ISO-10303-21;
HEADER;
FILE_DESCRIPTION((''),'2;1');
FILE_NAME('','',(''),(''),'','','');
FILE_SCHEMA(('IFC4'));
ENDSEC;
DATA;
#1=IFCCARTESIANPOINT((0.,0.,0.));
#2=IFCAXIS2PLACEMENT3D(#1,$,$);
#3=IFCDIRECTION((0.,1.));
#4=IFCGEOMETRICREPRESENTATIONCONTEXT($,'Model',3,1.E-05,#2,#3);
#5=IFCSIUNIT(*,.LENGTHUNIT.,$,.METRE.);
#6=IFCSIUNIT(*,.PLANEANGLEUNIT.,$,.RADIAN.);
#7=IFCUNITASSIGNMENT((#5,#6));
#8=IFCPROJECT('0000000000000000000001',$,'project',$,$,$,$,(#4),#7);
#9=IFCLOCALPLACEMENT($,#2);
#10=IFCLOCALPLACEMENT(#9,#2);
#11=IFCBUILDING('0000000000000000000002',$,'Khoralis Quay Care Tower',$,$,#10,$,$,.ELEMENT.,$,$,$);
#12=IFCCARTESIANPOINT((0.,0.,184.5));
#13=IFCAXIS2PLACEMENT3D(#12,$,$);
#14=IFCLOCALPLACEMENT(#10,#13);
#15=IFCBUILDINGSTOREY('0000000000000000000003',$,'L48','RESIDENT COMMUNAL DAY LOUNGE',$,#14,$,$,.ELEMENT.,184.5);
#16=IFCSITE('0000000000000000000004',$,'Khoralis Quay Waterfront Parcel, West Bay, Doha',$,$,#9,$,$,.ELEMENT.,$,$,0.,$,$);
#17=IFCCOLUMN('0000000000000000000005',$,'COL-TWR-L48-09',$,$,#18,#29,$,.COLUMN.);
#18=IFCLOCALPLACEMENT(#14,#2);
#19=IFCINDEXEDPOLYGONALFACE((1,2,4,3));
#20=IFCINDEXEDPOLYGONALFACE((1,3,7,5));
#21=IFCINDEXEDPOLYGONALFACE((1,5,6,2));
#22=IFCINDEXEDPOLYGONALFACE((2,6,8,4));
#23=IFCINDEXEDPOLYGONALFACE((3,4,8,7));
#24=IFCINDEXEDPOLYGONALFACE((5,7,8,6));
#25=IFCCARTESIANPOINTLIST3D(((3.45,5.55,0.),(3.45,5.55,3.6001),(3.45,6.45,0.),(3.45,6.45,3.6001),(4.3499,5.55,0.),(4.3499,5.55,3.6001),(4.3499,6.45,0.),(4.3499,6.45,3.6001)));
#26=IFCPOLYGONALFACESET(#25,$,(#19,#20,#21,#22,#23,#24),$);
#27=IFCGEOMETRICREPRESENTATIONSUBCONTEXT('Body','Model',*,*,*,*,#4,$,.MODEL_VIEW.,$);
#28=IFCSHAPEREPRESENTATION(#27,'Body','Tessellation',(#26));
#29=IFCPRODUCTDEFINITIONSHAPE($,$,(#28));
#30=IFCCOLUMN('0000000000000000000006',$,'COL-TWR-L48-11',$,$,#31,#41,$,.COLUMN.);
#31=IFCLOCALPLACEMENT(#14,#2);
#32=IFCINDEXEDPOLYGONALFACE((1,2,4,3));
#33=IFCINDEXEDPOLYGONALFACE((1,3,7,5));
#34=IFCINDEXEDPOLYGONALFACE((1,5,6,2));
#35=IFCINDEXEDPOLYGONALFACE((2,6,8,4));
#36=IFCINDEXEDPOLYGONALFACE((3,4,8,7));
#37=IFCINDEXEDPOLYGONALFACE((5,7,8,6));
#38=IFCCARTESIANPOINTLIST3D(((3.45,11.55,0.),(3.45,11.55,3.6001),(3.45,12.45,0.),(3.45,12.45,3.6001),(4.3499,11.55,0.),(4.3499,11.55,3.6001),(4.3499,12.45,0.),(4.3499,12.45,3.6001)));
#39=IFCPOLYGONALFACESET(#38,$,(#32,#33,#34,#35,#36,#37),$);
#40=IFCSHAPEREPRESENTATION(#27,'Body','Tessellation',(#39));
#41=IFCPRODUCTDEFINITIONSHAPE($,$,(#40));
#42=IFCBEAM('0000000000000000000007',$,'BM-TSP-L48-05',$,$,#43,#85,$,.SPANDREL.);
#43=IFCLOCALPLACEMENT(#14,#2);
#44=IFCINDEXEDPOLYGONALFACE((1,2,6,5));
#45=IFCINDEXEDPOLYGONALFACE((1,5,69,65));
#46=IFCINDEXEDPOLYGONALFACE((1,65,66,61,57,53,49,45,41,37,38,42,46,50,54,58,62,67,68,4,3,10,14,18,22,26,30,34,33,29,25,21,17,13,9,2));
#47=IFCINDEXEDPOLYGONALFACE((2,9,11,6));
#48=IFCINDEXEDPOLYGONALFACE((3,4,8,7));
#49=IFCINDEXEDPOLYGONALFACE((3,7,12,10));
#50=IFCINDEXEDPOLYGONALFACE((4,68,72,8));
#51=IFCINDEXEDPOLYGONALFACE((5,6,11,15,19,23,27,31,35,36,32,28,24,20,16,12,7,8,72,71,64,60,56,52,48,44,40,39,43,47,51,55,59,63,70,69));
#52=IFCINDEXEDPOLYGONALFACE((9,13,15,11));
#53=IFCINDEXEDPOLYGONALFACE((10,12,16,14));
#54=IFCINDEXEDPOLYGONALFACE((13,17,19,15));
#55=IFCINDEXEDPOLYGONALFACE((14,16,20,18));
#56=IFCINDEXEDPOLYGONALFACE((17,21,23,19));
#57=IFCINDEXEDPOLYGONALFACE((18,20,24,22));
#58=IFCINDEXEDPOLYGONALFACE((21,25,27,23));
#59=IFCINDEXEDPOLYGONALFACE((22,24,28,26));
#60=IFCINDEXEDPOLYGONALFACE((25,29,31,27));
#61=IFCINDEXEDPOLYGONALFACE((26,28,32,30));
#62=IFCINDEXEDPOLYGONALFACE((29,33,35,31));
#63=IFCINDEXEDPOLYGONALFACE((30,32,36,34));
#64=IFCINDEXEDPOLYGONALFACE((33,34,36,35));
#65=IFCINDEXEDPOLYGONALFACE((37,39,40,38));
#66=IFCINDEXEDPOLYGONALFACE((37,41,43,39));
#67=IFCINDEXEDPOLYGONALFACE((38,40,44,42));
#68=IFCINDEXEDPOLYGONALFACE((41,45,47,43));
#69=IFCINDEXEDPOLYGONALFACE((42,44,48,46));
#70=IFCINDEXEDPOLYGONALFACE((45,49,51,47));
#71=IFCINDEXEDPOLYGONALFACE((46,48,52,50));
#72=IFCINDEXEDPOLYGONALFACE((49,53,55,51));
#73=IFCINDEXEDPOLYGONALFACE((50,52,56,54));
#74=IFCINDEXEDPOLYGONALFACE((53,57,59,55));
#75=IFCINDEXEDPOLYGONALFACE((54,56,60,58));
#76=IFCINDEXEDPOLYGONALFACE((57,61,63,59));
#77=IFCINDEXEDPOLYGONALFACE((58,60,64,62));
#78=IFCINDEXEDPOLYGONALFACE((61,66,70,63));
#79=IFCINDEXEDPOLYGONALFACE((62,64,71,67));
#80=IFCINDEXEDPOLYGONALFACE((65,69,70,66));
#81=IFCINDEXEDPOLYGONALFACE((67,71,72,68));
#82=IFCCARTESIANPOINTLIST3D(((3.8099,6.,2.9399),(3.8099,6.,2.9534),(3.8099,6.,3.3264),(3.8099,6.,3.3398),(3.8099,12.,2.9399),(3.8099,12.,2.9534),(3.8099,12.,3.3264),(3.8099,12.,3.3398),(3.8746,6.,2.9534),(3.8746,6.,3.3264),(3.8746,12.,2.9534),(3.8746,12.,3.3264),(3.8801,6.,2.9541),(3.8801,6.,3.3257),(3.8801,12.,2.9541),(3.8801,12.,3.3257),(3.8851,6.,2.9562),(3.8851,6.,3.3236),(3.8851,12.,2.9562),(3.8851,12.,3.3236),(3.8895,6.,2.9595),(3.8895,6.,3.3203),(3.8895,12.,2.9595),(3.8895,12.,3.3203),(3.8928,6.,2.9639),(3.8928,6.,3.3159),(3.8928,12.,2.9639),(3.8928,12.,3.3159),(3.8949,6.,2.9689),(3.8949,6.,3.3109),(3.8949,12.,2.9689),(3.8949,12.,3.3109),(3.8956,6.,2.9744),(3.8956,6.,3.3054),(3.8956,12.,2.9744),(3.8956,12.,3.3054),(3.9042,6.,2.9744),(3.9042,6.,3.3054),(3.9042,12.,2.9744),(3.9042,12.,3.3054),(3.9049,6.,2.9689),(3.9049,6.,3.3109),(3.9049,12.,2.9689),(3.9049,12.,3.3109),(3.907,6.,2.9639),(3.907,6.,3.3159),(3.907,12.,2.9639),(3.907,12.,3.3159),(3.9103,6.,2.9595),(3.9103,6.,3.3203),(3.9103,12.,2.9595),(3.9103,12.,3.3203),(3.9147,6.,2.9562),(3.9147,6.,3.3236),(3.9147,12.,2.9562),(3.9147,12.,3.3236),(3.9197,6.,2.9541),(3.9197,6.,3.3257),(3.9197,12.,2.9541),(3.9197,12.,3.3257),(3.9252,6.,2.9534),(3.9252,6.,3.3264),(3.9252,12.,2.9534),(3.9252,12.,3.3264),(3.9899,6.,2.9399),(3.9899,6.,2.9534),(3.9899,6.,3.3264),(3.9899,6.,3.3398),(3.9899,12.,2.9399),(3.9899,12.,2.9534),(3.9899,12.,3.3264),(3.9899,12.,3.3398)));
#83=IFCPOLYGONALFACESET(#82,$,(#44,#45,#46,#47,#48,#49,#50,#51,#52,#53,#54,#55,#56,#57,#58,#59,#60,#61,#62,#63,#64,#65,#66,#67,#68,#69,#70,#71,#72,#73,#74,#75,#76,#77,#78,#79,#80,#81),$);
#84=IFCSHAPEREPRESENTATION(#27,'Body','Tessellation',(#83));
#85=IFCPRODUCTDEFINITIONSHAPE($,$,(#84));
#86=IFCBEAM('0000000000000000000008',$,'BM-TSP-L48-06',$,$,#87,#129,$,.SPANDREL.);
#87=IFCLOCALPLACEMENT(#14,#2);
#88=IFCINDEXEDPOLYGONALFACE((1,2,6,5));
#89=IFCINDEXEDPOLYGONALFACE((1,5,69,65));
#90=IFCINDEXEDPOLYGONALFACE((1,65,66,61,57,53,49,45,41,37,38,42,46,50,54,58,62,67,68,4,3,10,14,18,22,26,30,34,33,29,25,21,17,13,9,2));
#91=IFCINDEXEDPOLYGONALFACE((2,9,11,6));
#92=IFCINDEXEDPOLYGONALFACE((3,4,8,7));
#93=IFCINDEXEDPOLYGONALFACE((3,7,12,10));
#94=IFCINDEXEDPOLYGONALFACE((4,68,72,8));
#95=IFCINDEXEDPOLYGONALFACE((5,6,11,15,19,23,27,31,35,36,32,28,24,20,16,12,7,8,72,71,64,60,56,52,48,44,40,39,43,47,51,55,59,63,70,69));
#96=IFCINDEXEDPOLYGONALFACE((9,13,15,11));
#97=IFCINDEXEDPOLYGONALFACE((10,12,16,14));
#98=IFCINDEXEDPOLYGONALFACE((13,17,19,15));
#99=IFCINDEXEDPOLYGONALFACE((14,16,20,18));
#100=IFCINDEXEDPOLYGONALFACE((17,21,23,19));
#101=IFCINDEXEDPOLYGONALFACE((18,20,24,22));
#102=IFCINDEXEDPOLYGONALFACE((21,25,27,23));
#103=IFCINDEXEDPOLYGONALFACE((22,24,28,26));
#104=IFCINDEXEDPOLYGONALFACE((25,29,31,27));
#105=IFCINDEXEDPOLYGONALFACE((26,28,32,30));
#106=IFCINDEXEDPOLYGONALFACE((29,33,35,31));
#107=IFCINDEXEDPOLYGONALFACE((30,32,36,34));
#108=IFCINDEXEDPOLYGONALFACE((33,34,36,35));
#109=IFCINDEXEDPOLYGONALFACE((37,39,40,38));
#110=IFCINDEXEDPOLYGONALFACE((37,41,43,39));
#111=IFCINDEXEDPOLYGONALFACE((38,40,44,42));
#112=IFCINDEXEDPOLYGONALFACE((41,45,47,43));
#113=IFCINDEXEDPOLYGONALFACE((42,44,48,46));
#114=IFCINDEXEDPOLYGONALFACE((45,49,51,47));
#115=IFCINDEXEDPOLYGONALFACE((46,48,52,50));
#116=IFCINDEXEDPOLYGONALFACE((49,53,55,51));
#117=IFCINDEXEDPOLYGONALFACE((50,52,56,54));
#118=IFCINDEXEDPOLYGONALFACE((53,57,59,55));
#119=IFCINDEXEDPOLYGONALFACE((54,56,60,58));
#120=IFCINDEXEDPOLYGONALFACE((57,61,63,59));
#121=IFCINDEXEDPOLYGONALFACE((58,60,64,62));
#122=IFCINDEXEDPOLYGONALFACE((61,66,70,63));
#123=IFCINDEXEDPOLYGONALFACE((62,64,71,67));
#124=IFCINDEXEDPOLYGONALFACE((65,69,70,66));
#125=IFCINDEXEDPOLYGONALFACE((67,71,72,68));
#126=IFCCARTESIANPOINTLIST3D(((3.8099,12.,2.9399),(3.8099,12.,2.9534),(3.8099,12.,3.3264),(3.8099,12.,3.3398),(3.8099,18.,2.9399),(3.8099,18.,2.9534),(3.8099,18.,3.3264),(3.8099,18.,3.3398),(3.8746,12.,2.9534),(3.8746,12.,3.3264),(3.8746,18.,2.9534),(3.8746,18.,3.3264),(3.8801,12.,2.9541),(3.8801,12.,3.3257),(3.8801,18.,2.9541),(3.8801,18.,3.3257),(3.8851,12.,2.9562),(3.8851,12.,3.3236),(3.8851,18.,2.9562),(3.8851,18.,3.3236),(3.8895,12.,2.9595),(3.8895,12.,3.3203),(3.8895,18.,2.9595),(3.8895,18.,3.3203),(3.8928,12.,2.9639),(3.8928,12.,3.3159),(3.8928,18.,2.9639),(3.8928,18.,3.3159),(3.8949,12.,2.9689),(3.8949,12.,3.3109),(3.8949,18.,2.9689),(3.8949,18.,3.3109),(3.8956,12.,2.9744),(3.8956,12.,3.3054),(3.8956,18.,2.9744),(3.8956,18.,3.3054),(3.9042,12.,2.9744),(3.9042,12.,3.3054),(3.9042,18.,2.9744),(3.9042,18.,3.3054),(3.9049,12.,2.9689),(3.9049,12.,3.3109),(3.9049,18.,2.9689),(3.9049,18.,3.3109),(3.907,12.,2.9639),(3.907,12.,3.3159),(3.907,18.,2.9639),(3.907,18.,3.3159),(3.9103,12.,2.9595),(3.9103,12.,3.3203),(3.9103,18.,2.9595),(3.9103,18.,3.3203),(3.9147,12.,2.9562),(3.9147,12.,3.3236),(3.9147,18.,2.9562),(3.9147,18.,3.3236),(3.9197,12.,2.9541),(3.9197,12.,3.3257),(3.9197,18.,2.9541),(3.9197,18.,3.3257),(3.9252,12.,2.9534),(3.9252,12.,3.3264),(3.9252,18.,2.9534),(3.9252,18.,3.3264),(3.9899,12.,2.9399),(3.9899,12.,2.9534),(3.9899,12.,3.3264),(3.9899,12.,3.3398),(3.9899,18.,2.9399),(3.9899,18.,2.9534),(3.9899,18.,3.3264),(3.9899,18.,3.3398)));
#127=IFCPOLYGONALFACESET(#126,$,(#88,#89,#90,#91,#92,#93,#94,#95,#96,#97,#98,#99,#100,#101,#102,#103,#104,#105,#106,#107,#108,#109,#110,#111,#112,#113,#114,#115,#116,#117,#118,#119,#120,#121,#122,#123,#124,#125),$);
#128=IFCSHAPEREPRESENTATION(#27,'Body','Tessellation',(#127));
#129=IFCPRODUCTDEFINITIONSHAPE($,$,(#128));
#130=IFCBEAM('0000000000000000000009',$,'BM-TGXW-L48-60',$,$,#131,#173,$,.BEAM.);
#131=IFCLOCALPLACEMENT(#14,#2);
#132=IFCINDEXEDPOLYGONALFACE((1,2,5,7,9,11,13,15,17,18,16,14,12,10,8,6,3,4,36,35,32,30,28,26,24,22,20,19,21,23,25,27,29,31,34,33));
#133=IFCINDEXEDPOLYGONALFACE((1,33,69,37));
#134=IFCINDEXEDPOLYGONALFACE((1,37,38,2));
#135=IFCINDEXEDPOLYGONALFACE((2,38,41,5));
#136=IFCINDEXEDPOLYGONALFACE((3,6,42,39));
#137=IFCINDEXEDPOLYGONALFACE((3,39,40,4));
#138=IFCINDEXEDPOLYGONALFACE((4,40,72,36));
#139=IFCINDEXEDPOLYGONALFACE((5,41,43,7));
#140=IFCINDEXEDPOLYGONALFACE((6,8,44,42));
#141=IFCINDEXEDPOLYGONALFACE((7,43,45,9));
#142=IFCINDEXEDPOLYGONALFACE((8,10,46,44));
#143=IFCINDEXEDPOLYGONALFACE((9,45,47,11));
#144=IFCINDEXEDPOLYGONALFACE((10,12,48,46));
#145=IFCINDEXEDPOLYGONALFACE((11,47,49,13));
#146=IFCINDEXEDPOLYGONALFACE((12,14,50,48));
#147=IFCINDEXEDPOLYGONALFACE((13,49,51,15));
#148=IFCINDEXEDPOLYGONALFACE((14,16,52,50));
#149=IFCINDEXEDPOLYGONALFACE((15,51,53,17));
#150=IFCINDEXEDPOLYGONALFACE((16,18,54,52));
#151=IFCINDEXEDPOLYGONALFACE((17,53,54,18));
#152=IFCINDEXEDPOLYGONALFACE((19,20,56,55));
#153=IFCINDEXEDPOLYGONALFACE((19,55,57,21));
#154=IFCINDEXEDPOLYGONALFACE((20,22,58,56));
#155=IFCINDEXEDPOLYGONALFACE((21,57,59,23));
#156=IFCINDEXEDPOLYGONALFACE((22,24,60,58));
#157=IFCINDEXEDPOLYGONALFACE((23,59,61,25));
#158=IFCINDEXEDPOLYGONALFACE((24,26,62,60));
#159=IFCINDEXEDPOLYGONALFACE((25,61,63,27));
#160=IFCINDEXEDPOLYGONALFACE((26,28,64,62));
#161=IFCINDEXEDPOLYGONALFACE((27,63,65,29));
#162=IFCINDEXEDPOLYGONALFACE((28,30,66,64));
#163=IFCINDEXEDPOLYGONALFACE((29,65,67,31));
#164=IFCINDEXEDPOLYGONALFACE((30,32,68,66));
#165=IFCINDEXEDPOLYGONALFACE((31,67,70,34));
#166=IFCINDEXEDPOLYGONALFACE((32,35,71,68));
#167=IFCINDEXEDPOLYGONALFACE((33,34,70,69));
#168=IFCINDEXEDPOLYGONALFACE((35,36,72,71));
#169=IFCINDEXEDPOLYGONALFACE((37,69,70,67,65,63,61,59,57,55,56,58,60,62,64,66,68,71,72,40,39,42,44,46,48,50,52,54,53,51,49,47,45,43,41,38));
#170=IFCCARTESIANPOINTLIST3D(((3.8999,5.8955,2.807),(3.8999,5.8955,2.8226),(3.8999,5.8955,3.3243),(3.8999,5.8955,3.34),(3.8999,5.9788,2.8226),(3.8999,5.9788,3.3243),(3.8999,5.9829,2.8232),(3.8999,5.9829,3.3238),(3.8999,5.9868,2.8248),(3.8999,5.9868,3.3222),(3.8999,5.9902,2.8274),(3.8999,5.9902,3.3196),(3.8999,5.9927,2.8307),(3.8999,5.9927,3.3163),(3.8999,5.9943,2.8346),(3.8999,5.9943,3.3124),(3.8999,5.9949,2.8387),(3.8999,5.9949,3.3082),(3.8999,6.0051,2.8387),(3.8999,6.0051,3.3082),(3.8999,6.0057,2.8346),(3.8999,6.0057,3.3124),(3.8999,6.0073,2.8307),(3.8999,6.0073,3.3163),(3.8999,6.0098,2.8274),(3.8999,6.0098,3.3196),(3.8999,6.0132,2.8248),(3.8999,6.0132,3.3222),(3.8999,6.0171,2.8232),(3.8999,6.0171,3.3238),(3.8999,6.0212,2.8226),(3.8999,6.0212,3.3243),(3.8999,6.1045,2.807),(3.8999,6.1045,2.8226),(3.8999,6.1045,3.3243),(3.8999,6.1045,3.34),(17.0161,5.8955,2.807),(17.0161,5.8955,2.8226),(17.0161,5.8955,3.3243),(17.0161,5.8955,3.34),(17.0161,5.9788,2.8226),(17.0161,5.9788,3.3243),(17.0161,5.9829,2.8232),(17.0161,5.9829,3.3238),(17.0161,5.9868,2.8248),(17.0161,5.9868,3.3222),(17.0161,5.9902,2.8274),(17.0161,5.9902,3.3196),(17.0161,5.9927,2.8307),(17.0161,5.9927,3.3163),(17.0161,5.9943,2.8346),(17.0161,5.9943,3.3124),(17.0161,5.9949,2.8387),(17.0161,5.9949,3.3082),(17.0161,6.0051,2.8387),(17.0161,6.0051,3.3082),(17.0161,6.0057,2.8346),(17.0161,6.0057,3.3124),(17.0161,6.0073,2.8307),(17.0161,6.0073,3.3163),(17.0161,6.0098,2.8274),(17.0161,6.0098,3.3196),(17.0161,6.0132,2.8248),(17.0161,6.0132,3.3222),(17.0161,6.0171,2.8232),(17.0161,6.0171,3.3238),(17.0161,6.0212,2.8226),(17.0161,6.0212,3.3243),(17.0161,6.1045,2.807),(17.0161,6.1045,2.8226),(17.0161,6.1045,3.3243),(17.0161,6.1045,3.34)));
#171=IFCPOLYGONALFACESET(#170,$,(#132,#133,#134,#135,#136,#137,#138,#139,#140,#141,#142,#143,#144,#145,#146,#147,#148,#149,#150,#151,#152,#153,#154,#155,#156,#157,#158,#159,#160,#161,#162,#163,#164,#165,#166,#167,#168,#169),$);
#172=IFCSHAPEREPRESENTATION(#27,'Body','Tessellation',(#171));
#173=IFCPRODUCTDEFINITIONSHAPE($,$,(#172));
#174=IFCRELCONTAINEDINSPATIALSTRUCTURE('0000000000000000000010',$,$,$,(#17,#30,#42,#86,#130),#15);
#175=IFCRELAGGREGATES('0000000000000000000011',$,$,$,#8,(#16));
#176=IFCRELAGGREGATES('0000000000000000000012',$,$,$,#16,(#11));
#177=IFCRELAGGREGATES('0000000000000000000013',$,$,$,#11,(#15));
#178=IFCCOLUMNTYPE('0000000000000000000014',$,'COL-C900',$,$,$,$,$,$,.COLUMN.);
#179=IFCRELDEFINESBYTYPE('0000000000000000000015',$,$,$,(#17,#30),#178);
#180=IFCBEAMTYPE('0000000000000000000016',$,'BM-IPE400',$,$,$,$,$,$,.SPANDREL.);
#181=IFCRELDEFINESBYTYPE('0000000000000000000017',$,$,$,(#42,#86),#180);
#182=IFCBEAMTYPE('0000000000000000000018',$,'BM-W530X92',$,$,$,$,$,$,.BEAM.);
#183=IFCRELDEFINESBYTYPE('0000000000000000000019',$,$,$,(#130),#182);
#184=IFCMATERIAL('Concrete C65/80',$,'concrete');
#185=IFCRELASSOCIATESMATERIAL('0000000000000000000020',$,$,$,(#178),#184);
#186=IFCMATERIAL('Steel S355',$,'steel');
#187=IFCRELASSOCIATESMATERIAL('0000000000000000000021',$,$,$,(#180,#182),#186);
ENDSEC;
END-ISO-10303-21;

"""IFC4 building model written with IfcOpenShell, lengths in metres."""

from ifc_helpers import new_model, si_unit, direction, frame, origin, origin_2d, place, context, subcontext, project, spatial, rectangle, i_section, extrude, source, transform, mapped, material, material_profile, profile_set, type_object, element, save


model = new_model("IFC4")

# Units and contexts
model_context = context("Model", 3, precision=1e-05, world=origin(), true_north=direction((0.0, 1.0)))
body_context = subcontext(model_context, "Body", "Model", "MODEL_VIEW")
ifc_project = project(units=[si_unit("LENGTHUNIT", "METRE"), si_unit("PLANEANGLEUNIT", "RADIAN")], contexts=[model_context])

# Site, building, storey
site_placement = place(None, origin())
site = spatial("IfcSite", under=ifc_project, at=site_placement, Name="Khoralis Quay Waterfront Parcel, West Bay, Doha", CompositionType="ELEMENT", RefElevation=0.0)
building_placement = place(site_placement, origin())
building = spatial("IfcBuilding", under=site, at=building_placement, Name="Khoralis Quay Care Tower", CompositionType="ELEMENT")
storey_placement = place(building_placement, frame((0.0, 0.0, 184.5)))
storey = spatial("IfcBuildingStorey", under=building, at=storey_placement, Name="L48", Description="RESIDENT COMMUNAL DAY LOUNGE", CompositionType="ELEMENT", Elevation=184.5)

# Columns
ifc_material_1 = material(Name="Concrete C65/80", Category="concrete")
ifc_material_profile_1 = material_profile(ifc_material_1, rectangle(XDim=0.8999, YDim=0.8999, at=origin_2d()), Name="Concrete C65/80")
ifc_profile_set_1 = profile_set([ifc_material_profile_1], Name="Concrete C65/80")
column_type = type_object("IfcColumnType", Name="COL-C900", PredefinedType="COLUMN", material=ifc_profile_set_1)
shared_shape_1 = source(origin(), body_context, "Body", "SweptSolid", [
    extrude(rectangle(XDim=0.8999, YDim=0.8999, at=origin_2d()), origin(), (0.0, 0.0, 1.0), 3.6001),
])
for number, where, z_axis, x_axis, name in (
    (1, (3.8999, 6.0, 0.0), (0.0, 0.0, 1.0), (1.0, 0.0, 0.0), "COL-TWR-L48-09"),
    (2, (3.8999, 12.0, 0.0), (0.0, 0.0, 1.0), (1.0, 0.0, 0.0), "COL-TWR-L48-11"),
):
    element("IfcColumn", number, at=place(storey_placement, frame(where, z_axis=z_axis, x_axis=x_axis)), inside=storey, type_object=column_type, Name=name, PredefinedType="COLUMN", context=body_context, shape_type="MappedRepresentation", body=[
        mapped(shared_shape_1, transform((0.0, 0.0, 0.0), scale=1.0)),
    ])

# Beams
ifc_material_2 = material(Name="Steel S355", Category="steel")
ifc_material_profile_2 = material_profile(ifc_material_2, i_section(OverallWidth=0.1799, OverallDepth=0.3999, WebThickness=0.0085, FlangeThickness=0.0134, FilletRadius=0.021, at=origin_2d()), Name="Steel S355")
ifc_profile_set_2 = profile_set([ifc_material_profile_2], Name="Steel S355")
beam_type_1 = type_object("IfcBeamType", Name="BM-IPE400", PredefinedType="SPANDREL", material=ifc_profile_set_2)
shared_shape_2 = source(origin(), body_context, "Body", "SweptSolid", [
    extrude(i_section(OverallWidth=0.1799, OverallDepth=0.3999, WebThickness=0.0085, FlangeThickness=0.0134, FilletRadius=0.021, at=origin_2d()), origin(), (0.0, 0.0, 1.0), 6.0),
])
for number, where, z_axis, x_axis, name in (
    (3, (3.8999, 6.0, 3.1399), (0.0, 1.0, 0.0), (-1.0, 0.0, 0.0), "BM-TSP-L48-05"),
    (4, (3.8999, 12.0, 3.1399), (0.0, 1.0, 0.0), (-1.0, 0.0, 0.0), "BM-TSP-L48-06"),
):
    element("IfcBeam", number, at=place(storey_placement, frame(where, z_axis=z_axis, x_axis=x_axis)), inside=storey, type_object=beam_type_1, Name=name, PredefinedType="SPANDREL", context=body_context, shape_type="MappedRepresentation", body=[
        mapped(shared_shape_2, transform((0.0, 0.0, 0.0), scale=1.0)),
    ])
ifc_material_profile_3 = material_profile(ifc_material_2, i_section(OverallWidth=0.209, OverallDepth=0.533, WebThickness=0.0103, FlangeThickness=0.0156, FilletRadius=0.0161, at=origin_2d()), Name="Steel S355")
ifc_profile_set_3 = profile_set([ifc_material_profile_3], Name="Steel S355")
beam_type_2 = type_object("IfcBeamType", Name="BM-W530X92", PredefinedType="BEAM", material=ifc_profile_set_3)
shared_shape_3 = source(origin(), body_context, "Body", "SweptSolid", [
    extrude(i_section(OverallWidth=0.209, OverallDepth=0.533, WebThickness=0.0103, FlangeThickness=0.0156, FilletRadius=0.0161, at=origin_2d()), origin(), (0.0, 0.0, 1.0), 13.1162),
])
beam_1_placement = place(storey_placement, frame((3.8999, 6.0, 3.0735), z_axis=(1.0, 0.0, 0.0), x_axis=(0.0, 1.0, 0.0)))
element("IfcBeam", 5, at=beam_1_placement, inside=storey, type_object=beam_type_2, Name="BM-TGXW-L48-60", PredefinedType="BEAM", context=body_context, shape_type="MappedRepresentation", body=[
    mapped(shared_shape_3, transform((0.0, 0.0, 0.0), scale=1.0)),
])

save(model, "model.ifc")
